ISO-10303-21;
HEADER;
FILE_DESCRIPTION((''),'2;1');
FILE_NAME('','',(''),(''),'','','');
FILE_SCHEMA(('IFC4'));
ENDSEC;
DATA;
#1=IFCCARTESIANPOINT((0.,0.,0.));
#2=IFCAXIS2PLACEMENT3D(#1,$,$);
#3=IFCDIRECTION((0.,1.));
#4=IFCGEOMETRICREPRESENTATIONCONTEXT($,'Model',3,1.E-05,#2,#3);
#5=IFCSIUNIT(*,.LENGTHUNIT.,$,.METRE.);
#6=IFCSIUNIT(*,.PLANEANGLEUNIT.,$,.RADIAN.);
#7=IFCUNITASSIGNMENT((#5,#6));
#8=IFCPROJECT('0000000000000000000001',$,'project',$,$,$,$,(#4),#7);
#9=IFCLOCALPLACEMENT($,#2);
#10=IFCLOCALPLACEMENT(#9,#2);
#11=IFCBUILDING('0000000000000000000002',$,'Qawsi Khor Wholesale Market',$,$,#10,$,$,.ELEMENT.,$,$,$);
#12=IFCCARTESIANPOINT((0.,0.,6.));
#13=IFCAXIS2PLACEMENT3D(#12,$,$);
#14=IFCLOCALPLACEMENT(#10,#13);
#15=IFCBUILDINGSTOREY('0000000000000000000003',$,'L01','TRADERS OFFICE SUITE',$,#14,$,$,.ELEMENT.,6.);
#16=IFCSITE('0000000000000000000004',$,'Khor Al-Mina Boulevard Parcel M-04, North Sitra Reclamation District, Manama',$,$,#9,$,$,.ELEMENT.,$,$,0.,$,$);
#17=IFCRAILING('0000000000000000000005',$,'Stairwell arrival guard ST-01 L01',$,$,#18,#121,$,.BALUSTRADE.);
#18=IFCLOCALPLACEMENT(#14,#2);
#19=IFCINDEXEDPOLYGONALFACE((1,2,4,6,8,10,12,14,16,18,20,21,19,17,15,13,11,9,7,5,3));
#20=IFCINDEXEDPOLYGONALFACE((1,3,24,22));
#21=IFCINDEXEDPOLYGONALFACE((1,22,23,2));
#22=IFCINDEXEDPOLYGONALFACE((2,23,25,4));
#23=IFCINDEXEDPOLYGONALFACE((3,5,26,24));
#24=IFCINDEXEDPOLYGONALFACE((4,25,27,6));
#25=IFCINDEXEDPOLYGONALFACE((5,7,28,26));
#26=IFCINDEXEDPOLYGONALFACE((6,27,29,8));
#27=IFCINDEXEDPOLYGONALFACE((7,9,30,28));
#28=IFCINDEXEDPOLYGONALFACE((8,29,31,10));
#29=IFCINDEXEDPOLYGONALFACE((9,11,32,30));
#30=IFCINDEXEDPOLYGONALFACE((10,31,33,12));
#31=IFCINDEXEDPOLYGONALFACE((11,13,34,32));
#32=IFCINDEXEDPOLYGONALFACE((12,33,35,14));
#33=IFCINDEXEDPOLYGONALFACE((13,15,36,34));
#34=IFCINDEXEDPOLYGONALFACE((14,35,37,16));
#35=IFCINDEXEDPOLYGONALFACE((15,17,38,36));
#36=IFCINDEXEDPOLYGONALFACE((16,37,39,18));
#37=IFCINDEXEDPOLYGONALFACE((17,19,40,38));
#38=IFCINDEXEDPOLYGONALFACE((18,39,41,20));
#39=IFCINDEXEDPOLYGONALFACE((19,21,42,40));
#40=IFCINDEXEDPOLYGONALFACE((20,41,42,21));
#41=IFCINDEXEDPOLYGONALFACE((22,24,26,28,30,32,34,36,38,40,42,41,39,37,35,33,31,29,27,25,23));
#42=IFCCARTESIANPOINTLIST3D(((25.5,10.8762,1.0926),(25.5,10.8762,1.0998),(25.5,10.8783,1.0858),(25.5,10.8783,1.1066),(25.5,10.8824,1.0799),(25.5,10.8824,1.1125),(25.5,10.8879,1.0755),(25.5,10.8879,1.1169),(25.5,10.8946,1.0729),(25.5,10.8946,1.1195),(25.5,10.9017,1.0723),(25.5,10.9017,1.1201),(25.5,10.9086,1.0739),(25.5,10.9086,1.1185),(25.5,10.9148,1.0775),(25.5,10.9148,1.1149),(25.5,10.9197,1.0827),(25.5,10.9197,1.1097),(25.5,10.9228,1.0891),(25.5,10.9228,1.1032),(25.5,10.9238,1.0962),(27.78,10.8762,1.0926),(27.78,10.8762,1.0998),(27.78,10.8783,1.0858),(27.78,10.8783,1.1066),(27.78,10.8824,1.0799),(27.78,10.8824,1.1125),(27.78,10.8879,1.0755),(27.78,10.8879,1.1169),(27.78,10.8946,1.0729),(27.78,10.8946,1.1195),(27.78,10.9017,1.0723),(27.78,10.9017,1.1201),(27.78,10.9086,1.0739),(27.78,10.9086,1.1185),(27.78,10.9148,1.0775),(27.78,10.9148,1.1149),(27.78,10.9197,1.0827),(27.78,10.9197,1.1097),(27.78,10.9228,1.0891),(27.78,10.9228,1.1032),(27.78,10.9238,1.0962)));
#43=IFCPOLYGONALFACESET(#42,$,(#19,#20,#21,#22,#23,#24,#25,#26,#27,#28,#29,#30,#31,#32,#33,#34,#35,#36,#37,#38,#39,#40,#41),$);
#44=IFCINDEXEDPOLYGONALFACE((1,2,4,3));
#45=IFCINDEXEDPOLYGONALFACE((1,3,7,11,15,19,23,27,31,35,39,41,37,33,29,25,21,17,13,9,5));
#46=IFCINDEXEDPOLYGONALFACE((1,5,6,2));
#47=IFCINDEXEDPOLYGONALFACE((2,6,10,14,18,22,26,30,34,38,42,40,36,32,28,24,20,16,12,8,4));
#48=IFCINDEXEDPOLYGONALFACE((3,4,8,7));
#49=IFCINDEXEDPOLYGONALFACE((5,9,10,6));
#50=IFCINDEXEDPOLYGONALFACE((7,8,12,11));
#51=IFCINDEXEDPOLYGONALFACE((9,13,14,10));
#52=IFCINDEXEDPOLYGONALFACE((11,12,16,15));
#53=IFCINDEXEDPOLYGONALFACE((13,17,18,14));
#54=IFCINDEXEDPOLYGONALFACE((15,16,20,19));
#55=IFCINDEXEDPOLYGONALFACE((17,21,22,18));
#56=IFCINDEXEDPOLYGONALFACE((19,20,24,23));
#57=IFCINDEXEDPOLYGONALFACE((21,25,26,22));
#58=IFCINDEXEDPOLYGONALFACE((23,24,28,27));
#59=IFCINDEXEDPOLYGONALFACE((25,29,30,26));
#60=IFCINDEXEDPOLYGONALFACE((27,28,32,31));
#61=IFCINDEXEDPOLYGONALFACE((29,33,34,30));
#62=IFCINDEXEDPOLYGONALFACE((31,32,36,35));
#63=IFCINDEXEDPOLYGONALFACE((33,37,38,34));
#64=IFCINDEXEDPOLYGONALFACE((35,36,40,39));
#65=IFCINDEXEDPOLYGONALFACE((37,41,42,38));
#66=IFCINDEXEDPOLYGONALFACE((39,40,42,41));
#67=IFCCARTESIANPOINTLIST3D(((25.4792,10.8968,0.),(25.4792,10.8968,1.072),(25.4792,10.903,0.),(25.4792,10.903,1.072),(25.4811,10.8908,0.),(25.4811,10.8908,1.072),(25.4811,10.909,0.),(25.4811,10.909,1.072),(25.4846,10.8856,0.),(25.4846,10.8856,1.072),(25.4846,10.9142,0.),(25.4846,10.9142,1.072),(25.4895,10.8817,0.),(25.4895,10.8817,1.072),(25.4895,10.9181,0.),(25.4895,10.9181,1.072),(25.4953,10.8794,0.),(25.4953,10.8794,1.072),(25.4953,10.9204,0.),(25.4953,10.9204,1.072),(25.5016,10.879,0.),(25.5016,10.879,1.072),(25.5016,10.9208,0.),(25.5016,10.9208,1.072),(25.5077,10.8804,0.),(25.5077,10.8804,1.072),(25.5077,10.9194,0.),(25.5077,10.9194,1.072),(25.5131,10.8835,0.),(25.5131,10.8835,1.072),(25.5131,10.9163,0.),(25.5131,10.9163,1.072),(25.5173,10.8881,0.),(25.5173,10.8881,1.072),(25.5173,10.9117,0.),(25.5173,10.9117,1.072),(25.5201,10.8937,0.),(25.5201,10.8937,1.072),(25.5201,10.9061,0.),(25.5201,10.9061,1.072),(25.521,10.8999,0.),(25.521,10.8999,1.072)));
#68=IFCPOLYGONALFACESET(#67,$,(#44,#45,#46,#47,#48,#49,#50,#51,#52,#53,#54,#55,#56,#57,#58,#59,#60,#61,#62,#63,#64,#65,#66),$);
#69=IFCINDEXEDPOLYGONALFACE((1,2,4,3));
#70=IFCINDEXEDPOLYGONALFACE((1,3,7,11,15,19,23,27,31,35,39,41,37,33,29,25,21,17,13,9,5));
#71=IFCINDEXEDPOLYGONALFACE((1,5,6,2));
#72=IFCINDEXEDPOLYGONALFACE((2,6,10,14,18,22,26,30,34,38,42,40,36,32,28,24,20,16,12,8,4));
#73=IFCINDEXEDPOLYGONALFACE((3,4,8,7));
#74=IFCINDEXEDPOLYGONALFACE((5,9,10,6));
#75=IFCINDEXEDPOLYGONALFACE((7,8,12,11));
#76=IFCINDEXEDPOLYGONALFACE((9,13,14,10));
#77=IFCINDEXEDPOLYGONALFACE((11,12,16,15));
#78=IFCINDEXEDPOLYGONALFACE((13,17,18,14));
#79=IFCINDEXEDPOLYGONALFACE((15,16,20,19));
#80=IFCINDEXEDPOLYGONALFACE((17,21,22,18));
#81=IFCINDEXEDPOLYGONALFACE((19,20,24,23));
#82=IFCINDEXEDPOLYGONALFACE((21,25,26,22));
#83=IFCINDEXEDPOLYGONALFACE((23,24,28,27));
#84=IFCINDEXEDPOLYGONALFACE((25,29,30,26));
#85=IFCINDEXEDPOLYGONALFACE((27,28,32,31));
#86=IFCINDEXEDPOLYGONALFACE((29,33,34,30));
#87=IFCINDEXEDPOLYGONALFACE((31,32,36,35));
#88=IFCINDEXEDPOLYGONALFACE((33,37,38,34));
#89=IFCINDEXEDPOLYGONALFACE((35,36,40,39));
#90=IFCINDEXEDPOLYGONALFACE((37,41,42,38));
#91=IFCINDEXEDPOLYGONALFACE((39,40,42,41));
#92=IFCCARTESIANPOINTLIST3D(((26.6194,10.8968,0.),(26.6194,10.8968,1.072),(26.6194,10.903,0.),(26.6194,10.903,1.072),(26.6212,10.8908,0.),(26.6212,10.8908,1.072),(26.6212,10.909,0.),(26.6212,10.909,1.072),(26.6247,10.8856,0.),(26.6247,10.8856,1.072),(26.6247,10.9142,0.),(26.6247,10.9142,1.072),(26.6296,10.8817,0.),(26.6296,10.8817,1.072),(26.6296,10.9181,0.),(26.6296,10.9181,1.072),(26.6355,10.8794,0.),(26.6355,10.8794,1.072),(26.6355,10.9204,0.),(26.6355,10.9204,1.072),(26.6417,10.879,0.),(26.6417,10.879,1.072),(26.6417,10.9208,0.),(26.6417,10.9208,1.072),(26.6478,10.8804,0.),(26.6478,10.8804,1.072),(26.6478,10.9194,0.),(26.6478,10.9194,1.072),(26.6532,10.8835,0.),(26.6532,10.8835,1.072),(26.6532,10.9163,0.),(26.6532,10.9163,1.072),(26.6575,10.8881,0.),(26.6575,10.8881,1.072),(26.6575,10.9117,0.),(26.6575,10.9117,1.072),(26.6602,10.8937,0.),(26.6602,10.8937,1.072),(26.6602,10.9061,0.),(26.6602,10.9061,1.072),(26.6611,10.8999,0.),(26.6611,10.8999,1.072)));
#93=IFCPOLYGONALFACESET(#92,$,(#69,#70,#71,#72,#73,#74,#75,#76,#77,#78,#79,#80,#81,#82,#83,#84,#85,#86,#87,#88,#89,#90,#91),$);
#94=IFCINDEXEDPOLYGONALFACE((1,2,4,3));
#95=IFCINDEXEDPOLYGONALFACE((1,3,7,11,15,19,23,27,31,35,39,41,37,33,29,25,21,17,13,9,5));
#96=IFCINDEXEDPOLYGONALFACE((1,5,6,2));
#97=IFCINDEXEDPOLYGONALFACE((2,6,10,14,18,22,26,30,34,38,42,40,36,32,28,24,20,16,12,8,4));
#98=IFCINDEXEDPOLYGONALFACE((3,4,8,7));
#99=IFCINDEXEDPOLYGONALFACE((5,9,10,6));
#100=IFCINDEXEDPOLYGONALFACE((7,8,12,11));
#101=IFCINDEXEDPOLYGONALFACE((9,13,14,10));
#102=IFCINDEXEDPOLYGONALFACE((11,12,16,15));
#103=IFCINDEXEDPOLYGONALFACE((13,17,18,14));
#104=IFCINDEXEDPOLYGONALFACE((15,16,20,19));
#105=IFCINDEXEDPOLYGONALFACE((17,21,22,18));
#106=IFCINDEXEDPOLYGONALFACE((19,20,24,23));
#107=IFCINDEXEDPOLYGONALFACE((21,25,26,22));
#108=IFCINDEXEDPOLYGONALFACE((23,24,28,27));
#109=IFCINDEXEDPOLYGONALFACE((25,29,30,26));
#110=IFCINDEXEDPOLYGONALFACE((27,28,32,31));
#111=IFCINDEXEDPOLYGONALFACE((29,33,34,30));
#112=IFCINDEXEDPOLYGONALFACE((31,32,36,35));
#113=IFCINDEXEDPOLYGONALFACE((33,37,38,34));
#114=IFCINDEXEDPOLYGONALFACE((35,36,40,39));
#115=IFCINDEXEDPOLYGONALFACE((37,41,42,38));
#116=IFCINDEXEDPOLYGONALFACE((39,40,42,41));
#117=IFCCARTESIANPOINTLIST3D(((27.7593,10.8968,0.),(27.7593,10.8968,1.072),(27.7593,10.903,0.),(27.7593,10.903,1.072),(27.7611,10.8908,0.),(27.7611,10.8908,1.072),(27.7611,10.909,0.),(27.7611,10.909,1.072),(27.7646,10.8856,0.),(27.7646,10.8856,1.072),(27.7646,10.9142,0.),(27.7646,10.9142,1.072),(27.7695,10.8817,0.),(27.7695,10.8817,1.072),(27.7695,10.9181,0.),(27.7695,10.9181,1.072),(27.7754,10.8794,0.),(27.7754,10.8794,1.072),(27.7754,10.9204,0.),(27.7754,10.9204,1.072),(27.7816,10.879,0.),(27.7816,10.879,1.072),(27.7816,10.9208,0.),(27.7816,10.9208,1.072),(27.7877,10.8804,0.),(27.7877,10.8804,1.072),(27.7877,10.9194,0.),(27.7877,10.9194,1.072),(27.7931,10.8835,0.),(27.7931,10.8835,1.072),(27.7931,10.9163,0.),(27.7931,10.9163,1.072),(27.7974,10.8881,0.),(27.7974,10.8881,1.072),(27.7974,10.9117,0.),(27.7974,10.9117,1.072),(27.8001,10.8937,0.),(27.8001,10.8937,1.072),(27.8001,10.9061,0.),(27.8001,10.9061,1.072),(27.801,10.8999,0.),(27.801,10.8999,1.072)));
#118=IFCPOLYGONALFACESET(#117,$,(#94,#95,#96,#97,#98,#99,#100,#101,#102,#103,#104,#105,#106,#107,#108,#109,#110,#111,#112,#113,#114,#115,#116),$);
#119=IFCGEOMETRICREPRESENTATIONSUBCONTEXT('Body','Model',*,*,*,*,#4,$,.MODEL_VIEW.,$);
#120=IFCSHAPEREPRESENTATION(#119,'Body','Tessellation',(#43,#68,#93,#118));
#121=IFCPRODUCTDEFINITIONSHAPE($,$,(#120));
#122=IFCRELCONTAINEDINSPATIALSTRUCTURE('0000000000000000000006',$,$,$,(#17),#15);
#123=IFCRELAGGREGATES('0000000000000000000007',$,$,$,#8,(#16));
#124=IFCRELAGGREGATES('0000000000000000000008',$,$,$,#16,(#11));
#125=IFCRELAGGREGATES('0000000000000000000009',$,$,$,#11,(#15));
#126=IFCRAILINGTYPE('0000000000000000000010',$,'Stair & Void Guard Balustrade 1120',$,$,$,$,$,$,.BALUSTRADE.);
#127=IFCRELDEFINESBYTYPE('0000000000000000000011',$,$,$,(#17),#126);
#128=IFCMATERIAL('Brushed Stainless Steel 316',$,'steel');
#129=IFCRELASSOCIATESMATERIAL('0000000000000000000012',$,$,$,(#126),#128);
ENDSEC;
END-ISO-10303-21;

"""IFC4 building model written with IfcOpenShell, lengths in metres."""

from ifc_helpers import new_model, si_unit, direction, frame, origin, origin_2d, place, context, subcontext, project, spatial, circle, extrude, material, type_object, element, save


model = new_model("IFC4")

# Units and contexts
model_context = context("Model", 3, precision=1e-05, world=origin(), true_north=direction((0.0, 1.0)))
body_context = subcontext(model_context, "Body", "Model", "MODEL_VIEW")
ifc_project = project(units=[si_unit("LENGTHUNIT", "METRE"), si_unit("PLANEANGLEUNIT", "RADIAN")], contexts=[model_context])

# Site, building, storey
site_placement = place(None, origin())
site = spatial("IfcSite", under=ifc_project, at=site_placement, Name="Khor Al-Mina Boulevard Parcel M-04, North Sitra Reclamation District, Manama", CompositionType="ELEMENT", RefElevation=0.0)
building_placement = place(site_placement, origin())
building = spatial("IfcBuilding", under=site, at=building_placement, Name="Qawsi Khor Wholesale Market", CompositionType="ELEMENT")
storey_placement = place(building_placement, frame((0.0, 0.0, 6.0)))
storey = spatial("IfcBuildingStorey", under=building, at=storey_placement, Name="L01", Description="TRADERS OFFICE SUITE", CompositionType="ELEMENT", Elevation=6.0)

# Railing
ifc_material_1 = material(Name="Brushed Stainless Steel 316", Category="steel")
railing_type_1 = type_object("IfcRailingType", Name="Stair & Void Guard Balustrade 1120", PredefinedType="BALUSTRADE", material=ifc_material_1)
railing_1_placement = place(storey_placement, frame((25.5, 10.8999, 0.0)))
element("IfcRailing", 1, at=railing_1_placement, inside=storey, type_object=railing_type_1, Name="Stairwell arrival guard ST-01 L01", PredefinedType="BALUSTRADE", context=body_context, shape_type="SweptSolid", body=[
    extrude(circle(Radius=0.0239, at=origin_2d()), frame((0.0, 0.0, 1.0962), z_axis=(1.0, 0.0, 0.0), x_axis=(0.0, 1.0, 0.0)), (0.0, 0.0, 1.0), 2.28),
    extrude(circle(Radius=0.021, at=origin_2d()), origin(), (0.0, 0.0, 1.0), 1.072),
    extrude(circle(Radius=0.021, at=origin_2d()), frame((1.1401, 0.0, 0.0)), (0.0, 0.0, 1.0), 1.072),
    extrude(circle(Radius=0.021, at=origin_2d()), frame((2.28, 0.0, 0.0)), (0.0, 0.0, 1.0), 1.072),
])

save(model, "model.ifc")
